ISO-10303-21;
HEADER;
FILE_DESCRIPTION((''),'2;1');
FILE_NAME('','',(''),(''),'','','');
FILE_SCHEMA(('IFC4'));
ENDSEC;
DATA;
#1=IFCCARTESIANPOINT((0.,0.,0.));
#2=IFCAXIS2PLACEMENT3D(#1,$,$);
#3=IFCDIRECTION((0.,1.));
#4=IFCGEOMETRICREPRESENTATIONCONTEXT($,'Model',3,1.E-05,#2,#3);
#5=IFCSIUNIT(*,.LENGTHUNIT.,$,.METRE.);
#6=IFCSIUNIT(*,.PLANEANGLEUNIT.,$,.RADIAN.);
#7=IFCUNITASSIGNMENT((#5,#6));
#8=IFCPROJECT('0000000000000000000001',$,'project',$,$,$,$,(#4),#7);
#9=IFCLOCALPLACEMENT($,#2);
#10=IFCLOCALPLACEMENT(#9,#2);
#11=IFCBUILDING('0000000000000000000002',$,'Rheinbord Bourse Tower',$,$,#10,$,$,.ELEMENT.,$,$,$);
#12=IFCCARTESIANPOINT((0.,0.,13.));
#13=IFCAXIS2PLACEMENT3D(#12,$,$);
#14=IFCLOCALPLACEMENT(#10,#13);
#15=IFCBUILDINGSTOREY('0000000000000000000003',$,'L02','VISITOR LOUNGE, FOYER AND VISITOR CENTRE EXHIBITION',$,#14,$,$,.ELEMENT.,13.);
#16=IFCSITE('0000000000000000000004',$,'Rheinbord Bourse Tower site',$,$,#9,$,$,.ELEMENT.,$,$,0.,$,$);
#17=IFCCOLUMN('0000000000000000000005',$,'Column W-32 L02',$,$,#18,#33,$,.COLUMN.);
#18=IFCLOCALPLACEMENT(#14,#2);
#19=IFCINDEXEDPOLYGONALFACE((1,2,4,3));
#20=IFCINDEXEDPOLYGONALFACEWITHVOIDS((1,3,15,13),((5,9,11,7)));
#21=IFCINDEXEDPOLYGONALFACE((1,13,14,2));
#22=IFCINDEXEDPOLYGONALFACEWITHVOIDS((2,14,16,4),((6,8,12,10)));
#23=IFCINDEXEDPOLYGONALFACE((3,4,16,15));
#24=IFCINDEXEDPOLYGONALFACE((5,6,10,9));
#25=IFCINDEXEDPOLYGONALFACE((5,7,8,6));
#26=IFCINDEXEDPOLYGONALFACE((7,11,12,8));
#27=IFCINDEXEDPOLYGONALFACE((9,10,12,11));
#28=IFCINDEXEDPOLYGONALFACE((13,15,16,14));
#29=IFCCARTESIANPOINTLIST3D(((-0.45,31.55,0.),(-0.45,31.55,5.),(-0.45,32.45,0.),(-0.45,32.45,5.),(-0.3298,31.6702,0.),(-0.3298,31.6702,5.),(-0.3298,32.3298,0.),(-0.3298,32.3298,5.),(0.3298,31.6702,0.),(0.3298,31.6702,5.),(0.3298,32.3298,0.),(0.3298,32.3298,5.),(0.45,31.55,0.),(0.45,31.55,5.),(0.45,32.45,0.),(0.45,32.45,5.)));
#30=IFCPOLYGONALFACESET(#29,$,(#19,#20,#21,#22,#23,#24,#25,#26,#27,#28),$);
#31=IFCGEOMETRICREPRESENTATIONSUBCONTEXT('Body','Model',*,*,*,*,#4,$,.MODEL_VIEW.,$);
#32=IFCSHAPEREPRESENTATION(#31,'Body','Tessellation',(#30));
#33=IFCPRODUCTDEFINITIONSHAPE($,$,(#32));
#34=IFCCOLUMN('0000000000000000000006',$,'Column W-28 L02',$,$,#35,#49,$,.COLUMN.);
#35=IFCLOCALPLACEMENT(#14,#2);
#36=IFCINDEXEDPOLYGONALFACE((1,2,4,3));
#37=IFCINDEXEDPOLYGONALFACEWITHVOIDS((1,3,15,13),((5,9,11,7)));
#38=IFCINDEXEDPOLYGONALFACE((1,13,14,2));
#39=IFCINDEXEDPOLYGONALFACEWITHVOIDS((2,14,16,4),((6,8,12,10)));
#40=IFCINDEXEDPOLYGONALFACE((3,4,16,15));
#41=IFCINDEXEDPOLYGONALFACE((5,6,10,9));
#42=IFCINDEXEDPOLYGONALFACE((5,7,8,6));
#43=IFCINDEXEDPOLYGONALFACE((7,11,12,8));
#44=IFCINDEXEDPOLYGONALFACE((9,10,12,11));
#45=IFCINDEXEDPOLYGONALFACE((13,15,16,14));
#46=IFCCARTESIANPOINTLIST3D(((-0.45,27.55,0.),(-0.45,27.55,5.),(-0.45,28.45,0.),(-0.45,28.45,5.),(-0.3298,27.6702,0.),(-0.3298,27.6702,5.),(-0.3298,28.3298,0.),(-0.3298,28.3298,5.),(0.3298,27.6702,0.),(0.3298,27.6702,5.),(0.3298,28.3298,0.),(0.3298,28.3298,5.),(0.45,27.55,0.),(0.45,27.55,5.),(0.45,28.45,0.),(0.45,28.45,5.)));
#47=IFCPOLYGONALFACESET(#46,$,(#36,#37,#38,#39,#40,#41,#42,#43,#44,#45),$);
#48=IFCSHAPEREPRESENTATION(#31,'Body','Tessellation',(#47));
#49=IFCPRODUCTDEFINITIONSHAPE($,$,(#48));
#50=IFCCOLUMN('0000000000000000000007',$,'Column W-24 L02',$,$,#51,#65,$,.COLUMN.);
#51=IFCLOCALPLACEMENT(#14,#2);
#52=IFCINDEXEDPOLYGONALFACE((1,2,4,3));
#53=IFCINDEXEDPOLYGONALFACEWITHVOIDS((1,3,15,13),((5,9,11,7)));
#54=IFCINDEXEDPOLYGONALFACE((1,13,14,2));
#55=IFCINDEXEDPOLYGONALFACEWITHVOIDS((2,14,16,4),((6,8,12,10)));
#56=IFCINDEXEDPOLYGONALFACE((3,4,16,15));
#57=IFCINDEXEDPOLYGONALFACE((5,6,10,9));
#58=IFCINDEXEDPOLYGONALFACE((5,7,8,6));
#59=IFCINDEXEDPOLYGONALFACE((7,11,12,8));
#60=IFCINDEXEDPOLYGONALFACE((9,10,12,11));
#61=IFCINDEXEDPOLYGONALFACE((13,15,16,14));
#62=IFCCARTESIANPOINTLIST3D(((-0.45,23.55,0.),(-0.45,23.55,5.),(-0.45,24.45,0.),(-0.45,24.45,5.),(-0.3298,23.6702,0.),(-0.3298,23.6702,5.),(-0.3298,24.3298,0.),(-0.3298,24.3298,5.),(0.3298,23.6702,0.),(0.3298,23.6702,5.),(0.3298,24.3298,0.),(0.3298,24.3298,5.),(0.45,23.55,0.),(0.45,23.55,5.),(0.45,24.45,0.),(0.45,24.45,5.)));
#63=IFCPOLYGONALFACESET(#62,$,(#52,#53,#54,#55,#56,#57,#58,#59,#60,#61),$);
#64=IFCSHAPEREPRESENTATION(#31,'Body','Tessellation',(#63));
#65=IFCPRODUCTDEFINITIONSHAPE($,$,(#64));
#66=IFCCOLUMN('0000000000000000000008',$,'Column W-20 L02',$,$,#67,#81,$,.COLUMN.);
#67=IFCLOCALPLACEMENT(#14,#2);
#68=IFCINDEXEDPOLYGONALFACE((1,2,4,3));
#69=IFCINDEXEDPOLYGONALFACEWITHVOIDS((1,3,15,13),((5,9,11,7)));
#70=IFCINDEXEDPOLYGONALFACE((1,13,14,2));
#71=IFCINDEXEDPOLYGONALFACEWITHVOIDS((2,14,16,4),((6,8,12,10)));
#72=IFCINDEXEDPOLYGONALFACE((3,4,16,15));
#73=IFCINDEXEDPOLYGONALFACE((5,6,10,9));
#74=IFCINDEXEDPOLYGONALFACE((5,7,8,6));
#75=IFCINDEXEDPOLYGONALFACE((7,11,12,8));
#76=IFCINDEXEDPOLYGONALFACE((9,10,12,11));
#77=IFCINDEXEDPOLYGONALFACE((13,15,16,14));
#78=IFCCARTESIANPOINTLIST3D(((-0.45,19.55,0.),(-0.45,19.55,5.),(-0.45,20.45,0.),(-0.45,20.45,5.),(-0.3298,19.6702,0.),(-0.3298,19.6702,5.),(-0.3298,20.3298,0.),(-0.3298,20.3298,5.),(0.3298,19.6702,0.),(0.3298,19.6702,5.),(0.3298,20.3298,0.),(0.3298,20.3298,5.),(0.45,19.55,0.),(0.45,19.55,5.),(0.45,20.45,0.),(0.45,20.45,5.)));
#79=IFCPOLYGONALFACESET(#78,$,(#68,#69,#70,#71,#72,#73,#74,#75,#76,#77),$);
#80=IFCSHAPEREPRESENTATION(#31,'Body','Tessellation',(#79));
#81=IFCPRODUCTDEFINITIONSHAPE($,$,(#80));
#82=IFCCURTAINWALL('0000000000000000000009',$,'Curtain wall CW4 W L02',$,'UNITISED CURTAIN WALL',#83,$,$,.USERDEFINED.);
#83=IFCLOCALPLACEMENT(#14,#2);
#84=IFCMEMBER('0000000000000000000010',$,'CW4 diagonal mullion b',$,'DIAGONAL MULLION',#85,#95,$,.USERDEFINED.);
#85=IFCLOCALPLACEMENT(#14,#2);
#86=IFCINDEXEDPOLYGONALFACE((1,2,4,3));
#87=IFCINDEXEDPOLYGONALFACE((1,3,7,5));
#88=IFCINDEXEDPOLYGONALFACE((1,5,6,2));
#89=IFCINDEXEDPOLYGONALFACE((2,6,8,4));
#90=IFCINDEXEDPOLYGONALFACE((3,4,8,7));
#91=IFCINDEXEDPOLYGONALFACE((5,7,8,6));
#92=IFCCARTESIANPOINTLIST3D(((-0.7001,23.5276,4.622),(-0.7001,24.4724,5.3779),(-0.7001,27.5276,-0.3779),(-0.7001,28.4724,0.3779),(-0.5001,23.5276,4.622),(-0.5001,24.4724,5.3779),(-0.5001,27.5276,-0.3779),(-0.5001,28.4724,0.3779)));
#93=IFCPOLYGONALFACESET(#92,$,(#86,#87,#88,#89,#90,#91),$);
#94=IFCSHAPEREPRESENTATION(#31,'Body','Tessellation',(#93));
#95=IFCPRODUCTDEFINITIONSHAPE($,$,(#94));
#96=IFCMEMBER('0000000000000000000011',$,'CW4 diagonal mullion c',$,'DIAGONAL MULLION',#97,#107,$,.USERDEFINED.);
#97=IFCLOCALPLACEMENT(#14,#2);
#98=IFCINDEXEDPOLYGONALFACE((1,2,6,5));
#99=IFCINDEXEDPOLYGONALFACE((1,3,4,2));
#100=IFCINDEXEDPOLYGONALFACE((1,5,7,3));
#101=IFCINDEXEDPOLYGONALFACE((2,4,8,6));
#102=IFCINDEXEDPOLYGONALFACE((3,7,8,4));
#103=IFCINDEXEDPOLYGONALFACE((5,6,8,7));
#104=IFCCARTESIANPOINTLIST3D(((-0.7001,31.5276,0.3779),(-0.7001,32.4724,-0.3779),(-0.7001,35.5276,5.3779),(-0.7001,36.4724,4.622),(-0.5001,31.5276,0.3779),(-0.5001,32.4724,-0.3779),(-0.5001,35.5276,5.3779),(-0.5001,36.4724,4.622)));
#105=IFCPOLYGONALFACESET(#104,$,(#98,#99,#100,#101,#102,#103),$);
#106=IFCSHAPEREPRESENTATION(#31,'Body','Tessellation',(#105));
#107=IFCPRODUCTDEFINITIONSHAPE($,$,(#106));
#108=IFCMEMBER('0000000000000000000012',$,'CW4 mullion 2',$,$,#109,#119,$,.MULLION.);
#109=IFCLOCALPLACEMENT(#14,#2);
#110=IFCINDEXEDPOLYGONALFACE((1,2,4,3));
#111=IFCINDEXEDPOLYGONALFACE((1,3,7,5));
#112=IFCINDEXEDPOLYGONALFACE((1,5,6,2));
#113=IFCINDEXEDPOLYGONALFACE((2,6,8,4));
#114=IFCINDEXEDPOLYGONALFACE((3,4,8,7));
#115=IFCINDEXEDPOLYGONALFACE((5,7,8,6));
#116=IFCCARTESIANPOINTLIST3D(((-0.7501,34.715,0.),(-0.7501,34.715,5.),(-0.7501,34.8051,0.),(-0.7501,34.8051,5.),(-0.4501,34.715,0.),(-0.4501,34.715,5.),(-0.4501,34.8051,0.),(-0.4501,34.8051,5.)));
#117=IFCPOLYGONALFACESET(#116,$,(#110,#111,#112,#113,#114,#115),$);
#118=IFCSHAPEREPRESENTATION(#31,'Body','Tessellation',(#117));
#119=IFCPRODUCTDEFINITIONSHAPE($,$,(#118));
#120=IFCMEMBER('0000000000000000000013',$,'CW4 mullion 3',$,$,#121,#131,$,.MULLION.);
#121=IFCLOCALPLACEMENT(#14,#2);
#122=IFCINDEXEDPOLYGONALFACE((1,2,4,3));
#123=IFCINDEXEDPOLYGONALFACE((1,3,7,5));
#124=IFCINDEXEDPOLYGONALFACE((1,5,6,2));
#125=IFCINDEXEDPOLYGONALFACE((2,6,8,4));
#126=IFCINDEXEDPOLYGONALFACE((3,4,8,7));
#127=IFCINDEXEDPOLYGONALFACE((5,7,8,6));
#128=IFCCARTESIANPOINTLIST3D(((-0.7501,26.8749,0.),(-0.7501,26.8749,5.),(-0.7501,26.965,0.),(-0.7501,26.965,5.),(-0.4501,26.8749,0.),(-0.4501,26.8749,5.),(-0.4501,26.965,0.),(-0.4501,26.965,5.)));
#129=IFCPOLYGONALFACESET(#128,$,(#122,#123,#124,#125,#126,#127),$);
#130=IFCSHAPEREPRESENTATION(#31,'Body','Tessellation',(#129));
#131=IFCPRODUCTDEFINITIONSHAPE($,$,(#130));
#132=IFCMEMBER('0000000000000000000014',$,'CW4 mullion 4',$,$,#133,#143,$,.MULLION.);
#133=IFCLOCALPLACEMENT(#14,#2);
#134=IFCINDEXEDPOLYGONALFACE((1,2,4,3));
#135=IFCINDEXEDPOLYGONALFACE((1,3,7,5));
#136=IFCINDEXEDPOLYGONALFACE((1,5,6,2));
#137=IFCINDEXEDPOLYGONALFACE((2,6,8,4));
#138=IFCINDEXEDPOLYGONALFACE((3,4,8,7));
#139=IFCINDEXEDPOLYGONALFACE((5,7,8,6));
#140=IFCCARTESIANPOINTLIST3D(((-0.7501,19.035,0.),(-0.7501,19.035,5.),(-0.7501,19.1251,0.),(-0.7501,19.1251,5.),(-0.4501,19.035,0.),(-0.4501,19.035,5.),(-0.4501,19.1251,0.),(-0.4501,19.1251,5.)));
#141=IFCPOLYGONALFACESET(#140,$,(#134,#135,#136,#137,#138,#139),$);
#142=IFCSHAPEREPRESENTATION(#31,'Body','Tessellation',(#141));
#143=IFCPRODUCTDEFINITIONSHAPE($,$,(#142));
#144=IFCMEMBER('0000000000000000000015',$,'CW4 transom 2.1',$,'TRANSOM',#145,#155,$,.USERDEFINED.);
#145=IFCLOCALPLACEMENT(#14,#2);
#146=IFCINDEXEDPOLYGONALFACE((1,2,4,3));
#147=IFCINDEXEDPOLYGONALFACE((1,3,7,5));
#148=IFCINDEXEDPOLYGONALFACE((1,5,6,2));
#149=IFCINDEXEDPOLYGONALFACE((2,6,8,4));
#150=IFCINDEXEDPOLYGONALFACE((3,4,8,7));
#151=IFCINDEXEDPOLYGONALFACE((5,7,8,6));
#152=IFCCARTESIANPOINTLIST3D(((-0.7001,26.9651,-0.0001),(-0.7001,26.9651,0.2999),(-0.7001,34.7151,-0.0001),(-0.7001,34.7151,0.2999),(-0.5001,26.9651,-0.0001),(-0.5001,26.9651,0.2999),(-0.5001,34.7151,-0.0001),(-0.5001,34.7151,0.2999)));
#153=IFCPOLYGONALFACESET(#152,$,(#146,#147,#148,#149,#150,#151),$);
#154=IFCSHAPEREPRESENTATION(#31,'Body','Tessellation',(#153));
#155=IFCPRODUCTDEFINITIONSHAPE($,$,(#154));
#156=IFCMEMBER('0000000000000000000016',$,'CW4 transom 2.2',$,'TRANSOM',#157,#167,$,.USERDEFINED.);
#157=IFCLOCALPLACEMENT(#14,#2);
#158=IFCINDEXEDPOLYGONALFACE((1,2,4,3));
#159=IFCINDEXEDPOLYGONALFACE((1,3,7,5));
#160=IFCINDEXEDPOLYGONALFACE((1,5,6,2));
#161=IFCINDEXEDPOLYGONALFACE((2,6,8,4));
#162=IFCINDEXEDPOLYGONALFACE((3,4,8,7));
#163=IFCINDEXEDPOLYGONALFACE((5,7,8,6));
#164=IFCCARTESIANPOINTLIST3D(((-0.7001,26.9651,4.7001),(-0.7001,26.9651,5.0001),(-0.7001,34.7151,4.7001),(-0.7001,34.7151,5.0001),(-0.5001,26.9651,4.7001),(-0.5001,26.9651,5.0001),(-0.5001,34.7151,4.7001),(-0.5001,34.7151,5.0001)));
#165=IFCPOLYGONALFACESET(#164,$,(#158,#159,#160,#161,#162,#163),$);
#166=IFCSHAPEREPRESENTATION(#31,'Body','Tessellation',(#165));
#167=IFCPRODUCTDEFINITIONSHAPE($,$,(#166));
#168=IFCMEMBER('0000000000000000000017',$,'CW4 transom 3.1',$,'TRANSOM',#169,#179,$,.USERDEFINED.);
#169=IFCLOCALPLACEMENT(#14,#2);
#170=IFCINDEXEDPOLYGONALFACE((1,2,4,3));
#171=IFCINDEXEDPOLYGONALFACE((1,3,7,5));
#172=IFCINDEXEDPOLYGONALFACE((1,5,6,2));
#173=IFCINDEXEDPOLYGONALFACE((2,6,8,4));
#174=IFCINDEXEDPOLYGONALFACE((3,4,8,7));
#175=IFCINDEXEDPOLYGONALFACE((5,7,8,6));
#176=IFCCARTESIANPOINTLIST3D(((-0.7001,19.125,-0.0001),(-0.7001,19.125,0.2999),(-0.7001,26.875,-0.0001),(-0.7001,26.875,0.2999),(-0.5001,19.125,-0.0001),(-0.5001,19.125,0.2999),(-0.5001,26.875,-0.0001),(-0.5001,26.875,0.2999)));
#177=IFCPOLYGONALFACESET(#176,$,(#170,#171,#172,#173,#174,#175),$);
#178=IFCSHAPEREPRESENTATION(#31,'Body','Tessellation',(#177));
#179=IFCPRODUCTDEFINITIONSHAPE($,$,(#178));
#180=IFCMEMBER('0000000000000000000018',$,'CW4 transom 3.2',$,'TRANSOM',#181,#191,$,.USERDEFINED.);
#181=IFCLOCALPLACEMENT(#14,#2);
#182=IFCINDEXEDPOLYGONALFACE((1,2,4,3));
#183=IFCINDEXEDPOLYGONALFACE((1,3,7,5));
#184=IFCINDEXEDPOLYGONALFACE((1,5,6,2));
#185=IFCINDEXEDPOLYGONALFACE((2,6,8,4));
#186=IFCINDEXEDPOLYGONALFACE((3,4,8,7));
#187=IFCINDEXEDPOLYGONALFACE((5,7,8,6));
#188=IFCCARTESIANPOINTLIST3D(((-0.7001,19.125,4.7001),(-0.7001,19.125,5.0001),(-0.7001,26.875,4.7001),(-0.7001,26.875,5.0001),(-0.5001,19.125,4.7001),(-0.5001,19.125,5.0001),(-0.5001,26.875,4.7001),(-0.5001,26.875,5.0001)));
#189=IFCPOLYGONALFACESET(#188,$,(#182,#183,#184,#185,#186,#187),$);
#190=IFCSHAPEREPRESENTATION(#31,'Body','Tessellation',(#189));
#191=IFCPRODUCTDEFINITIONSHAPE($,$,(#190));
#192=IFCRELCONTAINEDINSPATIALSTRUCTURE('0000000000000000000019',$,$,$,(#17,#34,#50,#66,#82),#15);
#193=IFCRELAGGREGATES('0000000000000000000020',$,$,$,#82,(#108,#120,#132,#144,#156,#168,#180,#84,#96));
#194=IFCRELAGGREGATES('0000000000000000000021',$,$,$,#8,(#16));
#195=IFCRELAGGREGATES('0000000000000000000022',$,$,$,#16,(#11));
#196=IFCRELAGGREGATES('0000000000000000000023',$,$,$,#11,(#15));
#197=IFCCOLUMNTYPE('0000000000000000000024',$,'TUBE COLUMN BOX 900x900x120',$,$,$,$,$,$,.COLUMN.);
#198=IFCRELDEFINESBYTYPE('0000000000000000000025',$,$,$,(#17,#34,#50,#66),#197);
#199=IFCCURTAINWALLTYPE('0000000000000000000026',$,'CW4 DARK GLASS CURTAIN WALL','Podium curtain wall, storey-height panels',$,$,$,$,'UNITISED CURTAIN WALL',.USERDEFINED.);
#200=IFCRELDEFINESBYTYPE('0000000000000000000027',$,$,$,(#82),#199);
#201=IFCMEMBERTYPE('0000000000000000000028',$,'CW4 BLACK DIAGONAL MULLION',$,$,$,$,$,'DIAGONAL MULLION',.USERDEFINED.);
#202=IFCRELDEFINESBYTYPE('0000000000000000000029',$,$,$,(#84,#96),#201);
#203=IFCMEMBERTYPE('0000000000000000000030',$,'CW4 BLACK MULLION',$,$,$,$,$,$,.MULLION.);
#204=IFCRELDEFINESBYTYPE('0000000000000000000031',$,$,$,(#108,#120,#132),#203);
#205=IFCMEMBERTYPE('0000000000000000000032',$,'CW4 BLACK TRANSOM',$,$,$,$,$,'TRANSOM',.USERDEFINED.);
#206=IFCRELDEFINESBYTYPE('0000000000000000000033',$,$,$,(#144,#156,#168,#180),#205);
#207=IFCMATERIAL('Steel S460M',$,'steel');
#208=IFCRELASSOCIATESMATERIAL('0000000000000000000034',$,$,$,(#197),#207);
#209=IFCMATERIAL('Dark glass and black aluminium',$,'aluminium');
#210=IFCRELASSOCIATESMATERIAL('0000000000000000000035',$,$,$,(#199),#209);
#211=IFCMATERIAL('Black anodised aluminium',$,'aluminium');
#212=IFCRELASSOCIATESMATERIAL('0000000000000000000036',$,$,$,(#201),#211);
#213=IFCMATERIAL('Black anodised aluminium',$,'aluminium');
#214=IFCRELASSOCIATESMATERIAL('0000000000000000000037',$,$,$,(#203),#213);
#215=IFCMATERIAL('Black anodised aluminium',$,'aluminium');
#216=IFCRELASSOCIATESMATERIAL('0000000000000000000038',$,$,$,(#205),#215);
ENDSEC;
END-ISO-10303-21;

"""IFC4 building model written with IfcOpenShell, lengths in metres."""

from ifc_helpers import new_model, si_unit, direction, frame, origin, origin_2d, place, context, subcontext, project, spatial, rectangle, hollow_rectangle, extrude, material, material_profile, profile_set, type_object, element, aggregate, save


model = new_model("IFC4")

# Units and contexts
model_context = context("Model", 3, precision=1e-05, world=origin(), true_north=direction((0.0, 1.0)))
body_context = subcontext(model_context, "Body", "Model", "MODEL_VIEW")
ifc_project = project(units=[si_unit("LENGTHUNIT", "METRE"), si_unit("PLANEANGLEUNIT", "RADIAN")], contexts=[model_context])

# Site, building, storey
site_placement = place(None, origin())
site = spatial("IfcSite", under=ifc_project, at=site_placement, Name="Rheinbord Bourse Tower site", CompositionType="ELEMENT", RefElevation=0.0)
building_placement = place(site_placement, origin())
building = spatial("IfcBuilding", under=site, at=building_placement, Name="Rheinbord Bourse Tower", CompositionType="ELEMENT")
storey_placement = place(building_placement, frame((0.0, 0.0, 13.0)))
storey = spatial("IfcBuildingStorey", under=building, at=storey_placement, Name="L02", Description="VISITOR LOUNGE, FOYER AND VISITOR CENTRE EXHIBITION", CompositionType="ELEMENT", Elevation=13.0)

# Columns
ifc_material_1 = material(Name="Steel S460M", Category="steel")
ifc_material_profile_1 = material_profile(ifc_material_1, hollow_rectangle(XDim=0.8999, YDim=0.8999, WallThickness=0.1201, at=origin_2d()), Name="BOX 900x900x120")
ifc_profile_set_1 = profile_set([ifc_material_profile_1], Name="Steel S460M")
column_type = type_object("IfcColumnType", Name="TUBE COLUMN BOX 900x900x120", PredefinedType="COLUMN", material=ifc_profile_set_1)
for number, where, z_axis, x_axis, name in (
    (1, (0.0, 32.0, 0.0), (0.0, 0.0, 1.0), (1.0, 0.0, 0.0), "Column W-32 L02"),
    (2, (0.0, 28.0, 0.0), (0.0, 0.0, 1.0), (1.0, 0.0, 0.0), "Column W-28 L02"),
    (3, (0.0, 24.0, 0.0), (0.0, 0.0, 1.0), (1.0, 0.0, 0.0), "Column W-24 L02"),
    (4, (0.0, 20.0, 0.0), (0.0, 0.0, 1.0), (1.0, 0.0, 0.0), "Column W-20 L02"),
):
    element("IfcColumn", number, at=place(storey_placement, frame(where, z_axis=z_axis, x_axis=x_axis)), inside=storey, type_object=column_type, Name=name, PredefinedType="COLUMN", context=body_context, shape_type="SweptSolid", body=[
        extrude(hollow_rectangle(XDim=0.8999, YDim=0.8999, WallThickness=0.1201, at=origin_2d()), origin(), (0.0, 0.0, 1.0), 5.0),
    ])

# Curtain wall, members
ifc_material_2 = material(Name="Dark glass and black aluminium", Category="aluminium")
curtain_wall_type = type_object("IfcCurtainWallType", Name="CW4 DARK GLASS CURTAIN WALL", Description="Podium curtain wall, storey-height panels", ElementType="UNITISED CURTAIN WALL", PredefinedType="USERDEFINED", material=ifc_material_2)
curtain_wall_placement = place(storey_placement, origin())
curtain_wall = element("IfcCurtainWall", 5, at=curtain_wall_placement, inside=storey, type_object=curtain_wall_type, Name="Curtain wall CW4 W L02", ObjectType="UNITISED CURTAIN WALL", PredefinedType="USERDEFINED")
ifc_material_3 = material(Name="Black anodised aluminium", Category="aluminium")
ifc_material_profile_2 = material_profile(ifc_material_3, rectangle(XDim=0.2, YDim=1.21, at=origin_2d()), Name="CW4 DIAGONAL MULLION 1210x200")
ifc_profile_set_2 = profile_set([ifc_material_profile_2], Name="Black anodised aluminium")
member_type_1 = type_object("IfcMemberType", Name="CW4 BLACK DIAGONAL MULLION", ElementType="DIAGONAL MULLION", PredefinedType="USERDEFINED", material=ifc_profile_set_2)
member_1_placement = place(storey_placement, frame((-0.6001, 28.0, 0.0), z_axis=(0.0, -0.624695, 0.780869), x_axis=(1.0, 0.0, 0.0)))
member_1 = element("IfcMember", 6, at=member_1_placement, type_object=member_type_1, Name="CW4 diagonal mullion b", ObjectType="DIAGONAL MULLION", PredefinedType="USERDEFINED", context=body_context, shape_type="SweptSolid", body=[
    extrude(rectangle(XDim=0.2, YDim=1.21, at=origin_2d()), origin(), (0.0, 0.0, 1.0), 6.4031),
])
member_2_placement = place(storey_placement, frame((-0.6001, 32.0, 0.0), z_axis=(0.0, 0.624695, 0.780869), x_axis=(-1.0, 0.0, 0.0)))
member_2 = element("IfcMember", 7, at=member_2_placement, type_object=member_type_1, Name="CW4 diagonal mullion c", ObjectType="DIAGONAL MULLION", PredefinedType="USERDEFINED", context=body_context, shape_type="SweptSolid", body=[
    extrude(rectangle(XDim=0.2, YDim=1.21, at=origin_2d()), origin(), (0.0, 0.0, 1.0), 6.4031),
])
ifc_material_4 = material(Name="Black anodised aluminium", Category="aluminium")
ifc_material_profile_3 = material_profile(ifc_material_4, rectangle(XDim=0.3, YDim=0.0901, at=origin_2d()), Name="CW4 MULLION 90x300")
ifc_profile_set_3 = profile_set([ifc_material_profile_3], Name="Black anodised aluminium")
member_type_2 = type_object("IfcMemberType", Name="CW4 BLACK MULLION", PredefinedType="MULLION", material=ifc_profile_set_3)
member_3_placement = place(storey_placement, frame((-0.6001, 34.76, 0.0), z_axis=(0.0, 0.0, 1.0), x_axis=(1.0, 0.0, 0.0)))
member_3 = element("IfcMember", 8, at=member_3_placement, type_object=member_type_2, Name="CW4 mullion 2", PredefinedType="MULLION", context=body_context, shape_type="SweptSolid", body=[
    extrude(rectangle(XDim=0.3, YDim=0.0901, at=origin_2d()), origin(), (0.0, 0.0, 1.0), 5.0),
])
member_4_placement = place(storey_placement, frame((-0.6001, 26.9199, 0.0), z_axis=(0.0, 0.0, 1.0), x_axis=(1.0, 0.0, 0.0)))
member_4 = element("IfcMember", 9, at=member_4_placement, type_object=member_type_2, Name="CW4 mullion 3", PredefinedType="MULLION", context=body_context, shape_type="SweptSolid", body=[
    extrude(rectangle(XDim=0.3, YDim=0.0901, at=origin_2d()), origin(), (0.0, 0.0, 1.0), 5.0),
])
member_5_placement = place(storey_placement, frame((-0.6001, 19.0801, 0.0), z_axis=(0.0, 0.0, 1.0), x_axis=(1.0, 0.0, 0.0)))
member_5 = element("IfcMember", 10, at=member_5_placement, type_object=member_type_2, Name="CW4 mullion 4", PredefinedType="MULLION", context=body_context, shape_type="SweptSolid", body=[
    extrude(rectangle(XDim=0.3, YDim=0.0901, at=origin_2d()), origin(), (0.0, 0.0, 1.0), 5.0),
])
ifc_material_5 = material(Name="Black anodised aluminium", Category="aluminium")
ifc_material_profile_4 = material_profile(ifc_material_5, rectangle(XDim=0.2, YDim=0.3, at=origin_2d()), Name="CW4 TRANSOM 300x200")
ifc_profile_set_4 = profile_set([ifc_material_profile_4], Name="Black anodised aluminium")
member_type_3 = type_object("IfcMemberType", Name="CW4 BLACK TRANSOM", ElementType="TRANSOM", PredefinedType="USERDEFINED", material=ifc_profile_set_4)
member_6_placement = place(storey_placement, frame((-0.6001, 34.7151, 0.1499), z_axis=(0.0, -1.0, 0.0), x_axis=(1.0, 0.0, 0.0)))
member_6 = element("IfcMember", 11, at=member_6_placement, type_object=member_type_3, Name="CW4 transom 2.1", ObjectType="TRANSOM", PredefinedType="USERDEFINED", context=body_context, shape_type="SweptSolid", body=[
    extrude(rectangle(XDim=0.2, YDim=0.3, at=origin_2d()), origin(), (0.0, 0.0, 1.0), 7.75),
])
member_7_placement = place(storey_placement, frame((-0.6001, 34.7151, 4.8501), z_axis=(0.0, -1.0, 0.0), x_axis=(1.0, 0.0, 0.0)))
member_7 = element("IfcMember", 12, at=member_7_placement, type_object=member_type_3, Name="CW4 transom 2.2", ObjectType="TRANSOM", PredefinedType="USERDEFINED", context=body_context, shape_type="SweptSolid", body=[
    extrude(rectangle(XDim=0.2, YDim=0.3, at=origin_2d()), origin(), (0.0, 0.0, 1.0), 7.75),
])
member_8_placement = place(storey_placement, frame((-0.6001, 26.875, 0.1499), z_axis=(0.0, -1.0, 0.0), x_axis=(1.0, 0.0, 0.0)))
member_8 = element("IfcMember", 13, at=member_8_placement, type_object=member_type_3, Name="CW4 transom 3.1", ObjectType="TRANSOM", PredefinedType="USERDEFINED", context=body_context, shape_type="SweptSolid", body=[
    extrude(rectangle(XDim=0.2, YDim=0.3, at=origin_2d()), origin(), (0.0, 0.0, 1.0), 7.75),
])
member_9_placement = place(storey_placement, frame((-0.6001, 26.875, 4.8501), z_axis=(0.0, -1.0, 0.0), x_axis=(1.0, 0.0, 0.0)))
member_9 = element("IfcMember", 14, at=member_9_placement, type_object=member_type_3, Name="CW4 transom 3.2", ObjectType="TRANSOM", PredefinedType="USERDEFINED", context=body_context, shape_type="SweptSolid", body=[
    extrude(rectangle(XDim=0.2, YDim=0.3, at=origin_2d()), origin(), (0.0, 0.0, 1.0), 7.75),
])

aggregate(curtain_wall, [member_3, member_4, member_5, member_6, member_7, member_8, member_9, member_1, member_2])

save(model, "model.ifc")
